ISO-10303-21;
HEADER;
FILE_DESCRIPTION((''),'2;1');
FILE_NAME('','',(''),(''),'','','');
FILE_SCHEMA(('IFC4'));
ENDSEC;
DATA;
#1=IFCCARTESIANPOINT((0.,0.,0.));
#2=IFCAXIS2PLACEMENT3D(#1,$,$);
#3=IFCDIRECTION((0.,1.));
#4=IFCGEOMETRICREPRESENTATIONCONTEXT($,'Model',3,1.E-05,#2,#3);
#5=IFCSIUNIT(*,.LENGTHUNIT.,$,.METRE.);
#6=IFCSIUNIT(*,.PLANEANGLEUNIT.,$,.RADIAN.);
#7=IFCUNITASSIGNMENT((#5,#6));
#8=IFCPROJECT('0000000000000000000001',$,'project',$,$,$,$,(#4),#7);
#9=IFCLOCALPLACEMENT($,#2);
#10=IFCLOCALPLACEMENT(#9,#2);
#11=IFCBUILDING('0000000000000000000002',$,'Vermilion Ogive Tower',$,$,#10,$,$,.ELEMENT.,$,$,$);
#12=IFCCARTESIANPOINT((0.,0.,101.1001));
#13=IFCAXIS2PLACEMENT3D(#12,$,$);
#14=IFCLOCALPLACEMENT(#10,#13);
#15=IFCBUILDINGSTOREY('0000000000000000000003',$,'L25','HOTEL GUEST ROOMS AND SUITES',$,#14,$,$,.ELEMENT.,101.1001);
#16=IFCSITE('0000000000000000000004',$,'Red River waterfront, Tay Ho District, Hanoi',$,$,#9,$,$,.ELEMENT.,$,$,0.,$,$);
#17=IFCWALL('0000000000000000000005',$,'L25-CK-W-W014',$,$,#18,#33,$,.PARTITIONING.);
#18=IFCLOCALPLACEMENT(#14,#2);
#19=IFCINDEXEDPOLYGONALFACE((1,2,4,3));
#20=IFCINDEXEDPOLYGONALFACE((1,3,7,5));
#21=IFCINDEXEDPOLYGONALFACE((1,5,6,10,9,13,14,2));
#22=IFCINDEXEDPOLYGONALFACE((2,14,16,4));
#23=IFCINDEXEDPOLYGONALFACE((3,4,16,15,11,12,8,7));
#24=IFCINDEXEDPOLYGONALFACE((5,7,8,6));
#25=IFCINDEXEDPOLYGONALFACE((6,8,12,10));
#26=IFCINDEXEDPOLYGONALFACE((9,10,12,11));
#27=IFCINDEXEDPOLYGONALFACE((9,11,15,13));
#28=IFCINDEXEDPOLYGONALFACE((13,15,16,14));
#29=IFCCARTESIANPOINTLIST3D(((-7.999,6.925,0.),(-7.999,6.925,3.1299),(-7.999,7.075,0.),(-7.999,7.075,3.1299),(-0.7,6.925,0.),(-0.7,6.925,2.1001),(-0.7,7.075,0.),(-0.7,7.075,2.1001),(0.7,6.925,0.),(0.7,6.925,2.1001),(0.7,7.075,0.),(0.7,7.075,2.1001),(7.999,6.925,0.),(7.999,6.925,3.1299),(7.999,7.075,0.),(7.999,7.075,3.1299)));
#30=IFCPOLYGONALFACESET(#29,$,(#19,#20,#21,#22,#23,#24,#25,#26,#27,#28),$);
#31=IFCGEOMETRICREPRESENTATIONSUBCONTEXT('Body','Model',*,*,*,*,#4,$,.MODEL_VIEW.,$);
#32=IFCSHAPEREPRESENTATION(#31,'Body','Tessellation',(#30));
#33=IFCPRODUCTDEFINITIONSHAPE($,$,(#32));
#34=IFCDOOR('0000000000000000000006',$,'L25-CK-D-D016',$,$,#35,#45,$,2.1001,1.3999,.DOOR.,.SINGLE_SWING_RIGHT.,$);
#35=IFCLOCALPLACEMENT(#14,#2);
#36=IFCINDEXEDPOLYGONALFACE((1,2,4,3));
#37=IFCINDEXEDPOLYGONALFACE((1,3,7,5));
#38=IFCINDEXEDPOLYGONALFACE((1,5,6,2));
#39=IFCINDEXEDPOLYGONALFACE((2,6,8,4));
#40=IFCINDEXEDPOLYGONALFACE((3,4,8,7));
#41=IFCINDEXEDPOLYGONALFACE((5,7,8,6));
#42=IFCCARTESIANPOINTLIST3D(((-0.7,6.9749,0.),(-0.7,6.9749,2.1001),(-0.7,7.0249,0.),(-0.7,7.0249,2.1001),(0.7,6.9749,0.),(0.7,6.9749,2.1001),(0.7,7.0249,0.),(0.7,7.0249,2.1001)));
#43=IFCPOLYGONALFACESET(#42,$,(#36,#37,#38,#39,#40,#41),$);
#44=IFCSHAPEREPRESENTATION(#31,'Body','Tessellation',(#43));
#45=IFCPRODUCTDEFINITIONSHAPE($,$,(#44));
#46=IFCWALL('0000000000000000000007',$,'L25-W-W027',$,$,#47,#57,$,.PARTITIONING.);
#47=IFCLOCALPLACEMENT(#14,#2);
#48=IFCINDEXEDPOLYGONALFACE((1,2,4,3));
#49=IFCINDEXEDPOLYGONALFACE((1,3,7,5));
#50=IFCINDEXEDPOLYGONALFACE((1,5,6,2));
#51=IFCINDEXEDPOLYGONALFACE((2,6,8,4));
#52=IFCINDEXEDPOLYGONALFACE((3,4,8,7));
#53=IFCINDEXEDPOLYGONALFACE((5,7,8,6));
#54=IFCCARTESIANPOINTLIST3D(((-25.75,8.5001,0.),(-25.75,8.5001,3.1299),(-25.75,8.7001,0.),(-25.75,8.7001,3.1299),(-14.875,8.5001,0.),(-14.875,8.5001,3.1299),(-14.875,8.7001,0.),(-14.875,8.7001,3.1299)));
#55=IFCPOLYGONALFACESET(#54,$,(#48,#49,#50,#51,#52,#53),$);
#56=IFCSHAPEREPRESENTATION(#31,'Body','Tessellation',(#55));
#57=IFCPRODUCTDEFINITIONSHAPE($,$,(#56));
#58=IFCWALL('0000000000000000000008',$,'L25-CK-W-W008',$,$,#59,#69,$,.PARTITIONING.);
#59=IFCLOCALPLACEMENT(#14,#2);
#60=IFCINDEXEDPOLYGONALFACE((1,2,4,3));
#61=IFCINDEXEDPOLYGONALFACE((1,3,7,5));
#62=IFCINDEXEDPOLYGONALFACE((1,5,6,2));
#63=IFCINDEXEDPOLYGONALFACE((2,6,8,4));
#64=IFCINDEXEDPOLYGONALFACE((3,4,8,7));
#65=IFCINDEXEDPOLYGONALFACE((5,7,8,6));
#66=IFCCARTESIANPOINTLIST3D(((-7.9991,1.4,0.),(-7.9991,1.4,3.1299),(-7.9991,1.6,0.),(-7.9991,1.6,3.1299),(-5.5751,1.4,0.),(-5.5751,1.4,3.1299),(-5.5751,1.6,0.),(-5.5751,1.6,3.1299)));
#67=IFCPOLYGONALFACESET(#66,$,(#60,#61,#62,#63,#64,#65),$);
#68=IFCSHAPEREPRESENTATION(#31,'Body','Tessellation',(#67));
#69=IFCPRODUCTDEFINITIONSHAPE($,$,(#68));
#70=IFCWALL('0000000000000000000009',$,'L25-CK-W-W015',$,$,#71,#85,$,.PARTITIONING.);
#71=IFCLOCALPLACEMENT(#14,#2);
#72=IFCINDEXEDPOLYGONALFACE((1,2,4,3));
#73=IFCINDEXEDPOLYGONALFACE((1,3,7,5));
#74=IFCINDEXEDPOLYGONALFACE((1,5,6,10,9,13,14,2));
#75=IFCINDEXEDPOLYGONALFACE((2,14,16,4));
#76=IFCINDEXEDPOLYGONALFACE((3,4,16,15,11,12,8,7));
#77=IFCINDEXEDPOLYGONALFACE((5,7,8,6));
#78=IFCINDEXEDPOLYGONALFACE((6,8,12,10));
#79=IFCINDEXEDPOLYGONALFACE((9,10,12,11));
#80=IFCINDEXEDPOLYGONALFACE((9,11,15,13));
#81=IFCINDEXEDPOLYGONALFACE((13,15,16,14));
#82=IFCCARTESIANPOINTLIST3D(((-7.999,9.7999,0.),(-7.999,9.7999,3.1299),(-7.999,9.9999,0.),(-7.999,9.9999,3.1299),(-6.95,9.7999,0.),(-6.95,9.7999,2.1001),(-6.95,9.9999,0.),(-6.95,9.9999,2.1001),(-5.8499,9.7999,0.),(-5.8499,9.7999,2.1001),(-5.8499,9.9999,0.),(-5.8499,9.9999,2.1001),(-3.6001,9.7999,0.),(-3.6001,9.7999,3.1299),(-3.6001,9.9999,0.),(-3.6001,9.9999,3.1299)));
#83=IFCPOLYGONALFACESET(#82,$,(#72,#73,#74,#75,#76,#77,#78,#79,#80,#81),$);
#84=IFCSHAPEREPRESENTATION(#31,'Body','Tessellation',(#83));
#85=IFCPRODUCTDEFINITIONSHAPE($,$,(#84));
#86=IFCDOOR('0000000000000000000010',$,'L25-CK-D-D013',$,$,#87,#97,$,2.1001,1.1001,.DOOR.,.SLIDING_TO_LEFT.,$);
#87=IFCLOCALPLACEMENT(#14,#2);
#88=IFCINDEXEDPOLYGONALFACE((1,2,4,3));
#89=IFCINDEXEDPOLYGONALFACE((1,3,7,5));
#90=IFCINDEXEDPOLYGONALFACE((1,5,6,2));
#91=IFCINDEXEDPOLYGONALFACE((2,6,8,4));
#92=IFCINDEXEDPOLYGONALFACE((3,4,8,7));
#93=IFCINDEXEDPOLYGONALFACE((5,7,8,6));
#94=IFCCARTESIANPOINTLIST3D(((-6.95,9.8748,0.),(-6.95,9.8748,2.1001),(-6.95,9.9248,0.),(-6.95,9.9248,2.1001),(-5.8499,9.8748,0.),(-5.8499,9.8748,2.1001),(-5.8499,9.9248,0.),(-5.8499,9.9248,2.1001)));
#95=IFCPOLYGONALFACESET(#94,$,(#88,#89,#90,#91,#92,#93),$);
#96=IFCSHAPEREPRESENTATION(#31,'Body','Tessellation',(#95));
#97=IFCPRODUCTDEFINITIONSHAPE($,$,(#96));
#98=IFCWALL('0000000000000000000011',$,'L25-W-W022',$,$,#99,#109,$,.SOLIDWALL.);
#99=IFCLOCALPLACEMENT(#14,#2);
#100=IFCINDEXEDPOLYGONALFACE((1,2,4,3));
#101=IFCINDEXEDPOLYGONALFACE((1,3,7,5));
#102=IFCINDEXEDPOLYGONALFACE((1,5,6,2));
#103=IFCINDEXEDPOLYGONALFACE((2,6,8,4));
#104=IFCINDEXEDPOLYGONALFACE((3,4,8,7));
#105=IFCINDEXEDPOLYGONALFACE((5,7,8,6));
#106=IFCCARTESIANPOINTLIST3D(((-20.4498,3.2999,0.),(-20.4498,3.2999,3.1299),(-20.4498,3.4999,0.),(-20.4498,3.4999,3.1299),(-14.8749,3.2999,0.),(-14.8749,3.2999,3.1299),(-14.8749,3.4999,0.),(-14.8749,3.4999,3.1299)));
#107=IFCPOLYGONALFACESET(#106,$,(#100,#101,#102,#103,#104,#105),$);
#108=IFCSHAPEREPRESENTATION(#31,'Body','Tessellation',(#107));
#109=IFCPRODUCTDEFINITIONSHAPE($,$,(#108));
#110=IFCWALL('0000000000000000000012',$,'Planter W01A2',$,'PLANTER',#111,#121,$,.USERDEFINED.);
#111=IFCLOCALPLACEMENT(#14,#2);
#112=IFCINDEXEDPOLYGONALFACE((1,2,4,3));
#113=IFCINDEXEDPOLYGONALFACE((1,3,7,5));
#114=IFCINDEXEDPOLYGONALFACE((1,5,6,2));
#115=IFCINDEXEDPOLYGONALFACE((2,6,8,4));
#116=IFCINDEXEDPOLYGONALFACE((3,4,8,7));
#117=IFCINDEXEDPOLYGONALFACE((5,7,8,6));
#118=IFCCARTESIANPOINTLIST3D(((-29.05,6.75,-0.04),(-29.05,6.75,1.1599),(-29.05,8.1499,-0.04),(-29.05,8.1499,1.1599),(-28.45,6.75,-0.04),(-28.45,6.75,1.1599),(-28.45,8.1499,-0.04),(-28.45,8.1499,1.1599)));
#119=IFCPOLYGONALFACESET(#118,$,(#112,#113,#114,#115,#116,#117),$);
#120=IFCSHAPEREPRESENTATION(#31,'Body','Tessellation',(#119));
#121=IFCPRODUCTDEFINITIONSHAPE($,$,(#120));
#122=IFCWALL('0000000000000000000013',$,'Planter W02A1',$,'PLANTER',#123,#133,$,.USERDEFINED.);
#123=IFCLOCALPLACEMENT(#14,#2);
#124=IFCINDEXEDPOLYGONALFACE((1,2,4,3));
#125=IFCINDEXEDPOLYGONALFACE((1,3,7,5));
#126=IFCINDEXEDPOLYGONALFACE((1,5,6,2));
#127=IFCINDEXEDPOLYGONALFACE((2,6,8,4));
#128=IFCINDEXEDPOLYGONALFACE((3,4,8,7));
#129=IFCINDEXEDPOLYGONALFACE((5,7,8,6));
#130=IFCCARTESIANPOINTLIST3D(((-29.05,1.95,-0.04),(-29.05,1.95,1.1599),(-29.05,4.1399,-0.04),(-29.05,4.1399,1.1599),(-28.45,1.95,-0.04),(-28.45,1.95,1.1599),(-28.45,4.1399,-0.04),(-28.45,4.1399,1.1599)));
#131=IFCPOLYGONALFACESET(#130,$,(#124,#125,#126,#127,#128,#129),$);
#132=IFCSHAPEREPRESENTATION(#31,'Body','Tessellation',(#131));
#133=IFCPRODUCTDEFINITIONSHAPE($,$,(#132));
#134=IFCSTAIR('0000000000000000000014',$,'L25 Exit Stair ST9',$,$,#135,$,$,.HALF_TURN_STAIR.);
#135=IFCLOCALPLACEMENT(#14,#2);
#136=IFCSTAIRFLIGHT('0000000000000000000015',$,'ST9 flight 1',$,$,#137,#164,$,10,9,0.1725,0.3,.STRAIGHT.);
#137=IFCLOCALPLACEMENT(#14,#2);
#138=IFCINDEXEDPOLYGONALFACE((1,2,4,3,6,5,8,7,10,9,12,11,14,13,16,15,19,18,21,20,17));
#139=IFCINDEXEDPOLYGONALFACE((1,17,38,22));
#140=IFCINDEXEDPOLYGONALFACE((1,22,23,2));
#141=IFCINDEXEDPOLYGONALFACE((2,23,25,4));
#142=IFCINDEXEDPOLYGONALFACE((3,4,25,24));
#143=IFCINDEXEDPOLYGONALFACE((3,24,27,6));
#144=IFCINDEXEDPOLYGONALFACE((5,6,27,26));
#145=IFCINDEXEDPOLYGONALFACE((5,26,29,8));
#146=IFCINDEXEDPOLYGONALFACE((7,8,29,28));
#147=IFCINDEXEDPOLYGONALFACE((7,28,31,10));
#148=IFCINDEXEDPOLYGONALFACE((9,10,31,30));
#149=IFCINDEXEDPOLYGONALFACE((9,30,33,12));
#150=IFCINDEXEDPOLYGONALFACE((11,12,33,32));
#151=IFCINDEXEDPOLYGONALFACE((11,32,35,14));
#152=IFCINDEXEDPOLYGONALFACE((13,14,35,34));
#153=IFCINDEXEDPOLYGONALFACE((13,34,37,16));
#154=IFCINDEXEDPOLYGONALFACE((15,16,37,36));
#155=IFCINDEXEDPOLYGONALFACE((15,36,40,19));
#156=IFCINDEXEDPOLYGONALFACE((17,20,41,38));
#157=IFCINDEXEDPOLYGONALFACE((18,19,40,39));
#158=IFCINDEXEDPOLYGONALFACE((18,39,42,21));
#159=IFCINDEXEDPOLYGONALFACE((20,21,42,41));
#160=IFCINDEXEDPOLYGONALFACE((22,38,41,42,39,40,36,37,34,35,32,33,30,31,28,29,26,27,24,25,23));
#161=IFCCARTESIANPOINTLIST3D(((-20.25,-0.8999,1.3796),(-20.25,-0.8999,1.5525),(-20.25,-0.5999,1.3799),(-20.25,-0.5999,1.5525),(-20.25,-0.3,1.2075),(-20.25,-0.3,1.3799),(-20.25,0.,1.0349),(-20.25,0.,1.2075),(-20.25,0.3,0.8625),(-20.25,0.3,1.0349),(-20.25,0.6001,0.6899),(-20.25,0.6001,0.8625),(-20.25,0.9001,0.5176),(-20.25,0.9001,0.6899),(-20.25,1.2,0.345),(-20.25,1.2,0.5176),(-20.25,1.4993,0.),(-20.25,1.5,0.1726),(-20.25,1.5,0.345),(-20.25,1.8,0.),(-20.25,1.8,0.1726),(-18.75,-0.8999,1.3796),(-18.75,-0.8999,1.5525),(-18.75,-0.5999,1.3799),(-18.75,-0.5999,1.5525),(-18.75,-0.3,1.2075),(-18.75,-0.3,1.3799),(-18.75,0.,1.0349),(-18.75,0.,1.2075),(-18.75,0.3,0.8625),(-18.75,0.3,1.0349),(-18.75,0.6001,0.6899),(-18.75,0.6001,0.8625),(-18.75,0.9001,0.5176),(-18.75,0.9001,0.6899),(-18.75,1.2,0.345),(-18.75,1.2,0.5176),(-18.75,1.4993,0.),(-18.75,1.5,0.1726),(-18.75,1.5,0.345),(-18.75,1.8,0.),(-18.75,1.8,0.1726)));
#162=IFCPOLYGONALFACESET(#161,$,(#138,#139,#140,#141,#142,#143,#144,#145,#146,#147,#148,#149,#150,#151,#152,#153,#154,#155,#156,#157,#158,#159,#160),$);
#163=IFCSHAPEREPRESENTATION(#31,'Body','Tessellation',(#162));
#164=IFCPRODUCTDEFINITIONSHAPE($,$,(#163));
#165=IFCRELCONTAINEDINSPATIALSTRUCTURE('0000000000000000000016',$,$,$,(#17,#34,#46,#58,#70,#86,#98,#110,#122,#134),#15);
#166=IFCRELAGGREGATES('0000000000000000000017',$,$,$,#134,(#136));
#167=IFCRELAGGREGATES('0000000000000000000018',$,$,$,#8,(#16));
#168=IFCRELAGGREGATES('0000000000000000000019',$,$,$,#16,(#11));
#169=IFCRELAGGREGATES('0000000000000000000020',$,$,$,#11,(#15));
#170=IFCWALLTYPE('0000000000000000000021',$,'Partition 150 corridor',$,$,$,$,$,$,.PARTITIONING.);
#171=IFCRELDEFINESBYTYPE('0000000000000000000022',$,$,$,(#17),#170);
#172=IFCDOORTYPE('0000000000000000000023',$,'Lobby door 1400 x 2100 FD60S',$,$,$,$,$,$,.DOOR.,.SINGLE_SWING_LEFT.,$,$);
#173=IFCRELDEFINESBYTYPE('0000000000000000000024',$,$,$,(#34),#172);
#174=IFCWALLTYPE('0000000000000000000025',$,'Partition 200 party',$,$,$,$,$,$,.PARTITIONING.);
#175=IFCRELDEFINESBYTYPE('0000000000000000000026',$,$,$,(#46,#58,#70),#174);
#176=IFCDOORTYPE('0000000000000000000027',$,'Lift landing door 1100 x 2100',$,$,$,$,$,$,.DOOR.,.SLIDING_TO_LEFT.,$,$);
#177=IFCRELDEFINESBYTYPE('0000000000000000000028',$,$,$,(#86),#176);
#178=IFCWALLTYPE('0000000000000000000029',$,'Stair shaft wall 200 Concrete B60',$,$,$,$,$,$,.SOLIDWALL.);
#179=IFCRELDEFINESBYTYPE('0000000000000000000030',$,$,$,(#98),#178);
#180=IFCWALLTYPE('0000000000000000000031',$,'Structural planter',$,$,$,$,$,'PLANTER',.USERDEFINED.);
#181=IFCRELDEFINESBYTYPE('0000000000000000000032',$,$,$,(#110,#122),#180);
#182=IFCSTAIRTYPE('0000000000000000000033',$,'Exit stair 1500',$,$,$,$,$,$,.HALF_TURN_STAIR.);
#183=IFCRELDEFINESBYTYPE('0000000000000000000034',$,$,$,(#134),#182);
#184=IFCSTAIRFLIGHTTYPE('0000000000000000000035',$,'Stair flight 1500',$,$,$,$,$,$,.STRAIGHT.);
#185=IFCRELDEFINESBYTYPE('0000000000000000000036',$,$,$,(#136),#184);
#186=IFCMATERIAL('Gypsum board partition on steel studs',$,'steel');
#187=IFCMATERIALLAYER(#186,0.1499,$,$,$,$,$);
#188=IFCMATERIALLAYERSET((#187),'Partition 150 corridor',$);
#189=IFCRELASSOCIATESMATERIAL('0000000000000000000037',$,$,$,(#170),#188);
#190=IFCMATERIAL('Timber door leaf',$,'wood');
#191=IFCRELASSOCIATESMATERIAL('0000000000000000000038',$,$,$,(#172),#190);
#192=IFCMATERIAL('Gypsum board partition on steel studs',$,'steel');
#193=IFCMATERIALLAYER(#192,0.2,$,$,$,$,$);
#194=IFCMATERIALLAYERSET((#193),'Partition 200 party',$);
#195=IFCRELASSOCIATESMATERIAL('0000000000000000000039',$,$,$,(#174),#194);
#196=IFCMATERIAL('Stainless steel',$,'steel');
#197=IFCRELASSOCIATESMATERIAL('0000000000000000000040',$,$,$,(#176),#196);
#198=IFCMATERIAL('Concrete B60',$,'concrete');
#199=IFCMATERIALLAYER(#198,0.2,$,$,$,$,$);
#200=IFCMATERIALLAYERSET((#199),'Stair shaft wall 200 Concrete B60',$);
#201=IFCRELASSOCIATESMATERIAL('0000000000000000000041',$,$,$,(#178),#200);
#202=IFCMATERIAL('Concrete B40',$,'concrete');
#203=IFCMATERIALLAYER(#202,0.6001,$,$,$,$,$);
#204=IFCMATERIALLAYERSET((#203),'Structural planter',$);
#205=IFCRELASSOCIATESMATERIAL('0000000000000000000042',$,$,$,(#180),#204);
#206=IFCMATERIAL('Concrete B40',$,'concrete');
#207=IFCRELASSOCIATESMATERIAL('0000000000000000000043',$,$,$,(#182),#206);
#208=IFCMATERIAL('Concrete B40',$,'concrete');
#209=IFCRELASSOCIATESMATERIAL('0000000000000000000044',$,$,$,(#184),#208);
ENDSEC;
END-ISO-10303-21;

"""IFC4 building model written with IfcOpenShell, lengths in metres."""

from ifc_helpers import new_model, si_unit, direction, frame, frame_2d, origin, place, context, subcontext, project, spatial, polyline, rectangle, outline, extrude, material, layer, layer_set, type_object, element, fill, aggregate, save


model = new_model("IFC4")

# Units and contexts
model_context = context("Model", 3, precision=1e-05, world=origin(), true_north=direction((0.0, 1.0)))
body_context = subcontext(model_context, "Body", "Model", "MODEL_VIEW")
ifc_project = project(units=[si_unit("LENGTHUNIT", "METRE"), si_unit("PLANEANGLEUNIT", "RADIAN")], contexts=[model_context])

# Site, building, storey
site_placement = place(None, origin())
site = spatial("IfcSite", under=ifc_project, at=site_placement, Name="Red River waterfront, Tay Ho District, Hanoi", CompositionType="ELEMENT", RefElevation=0.0)
building_placement = place(site_placement, origin())
building = spatial("IfcBuilding", under=site, at=building_placement, Name="Vermilion Ogive Tower", CompositionType="ELEMENT")
storey_placement = place(building_placement, frame((0.0, 0.0, 101.1001)))
storey = spatial("IfcBuildingStorey", under=building, at=storey_placement, Name="L25", Description="HOTEL GUEST ROOMS AND SUITES", CompositionType="ELEMENT", Elevation=101.1001)

# Shared definitions
ifc_material_1 = material(Name="Gypsum board partition on steel studs", Category="steel")
ifc_layer_1 = layer(ifc_material_1, 0.1499)
ifc_layer_set_1 = layer_set([ifc_layer_1], Name="Partition 150 corridor")
wall_type_1 = type_object("IfcWallType", Name="Partition 150 corridor", PredefinedType="PARTITIONING", material=ifc_layer_set_1)

# Wall, opening, door
wall_1_placement = place(storey_placement, frame((-7.999, 7.0, 0.0), z_axis=(0.0, 0.0, 1.0), x_axis=(1.0, 0.0, 0.0)))
wall_1 = element("IfcWall", 1, at=wall_1_placement, inside=storey, type_object=wall_type_1, Name="L25-CK-W-W014", PredefinedType="PARTITIONING", context=body_context, shape_type="SweptSolid", body=[
    extrude(rectangle(XDim=15.998, YDim=0.1499, at=frame_2d((7.999, 0.0))), origin(), (0.0, 0.0, 1.0), 3.1299),
])
opening_1_placement = place(wall_1_placement, frame((7.2991, 0.0, 0.0)))
opening_1 = element("IfcOpeningElement", 2, at=opening_1_placement, cuts=wall_1, PredefinedType="OPENING", context=body_context, shape_type="SweptSolid", body=[
    extrude(rectangle(XDim=1.3999, YDim=2.1001, at=frame_2d((0.7, 1.05))), frame((0.0, 0.085, 0.0), z_axis=(0.0, -1.0, 0.0), x_axis=(1.0, 0.0, 0.0)), (0.0, 0.0, 1.0), 0.1699),
])
ifc_material_2 = material(Name="Timber door leaf", Category="wood")
door_type_1 = type_object("IfcDoorType", Name="Lobby door 1400 x 2100 FD60S", OperationType="SINGLE_SWING_LEFT", PredefinedType="DOOR", material=ifc_material_2)
door_1_placement = place(opening_1_placement, origin())
door_1 = element("IfcDoor", 3, at=door_1_placement, inside=storey, type_object=door_type_1, Name="L25-CK-D-D016", OperationType="SINGLE_SWING_RIGHT", OverallHeight=2.1001, OverallWidth=1.3999, PredefinedType="DOOR", context=body_context, shape_type="SweptSolid", body=[
    extrude(rectangle(XDim=1.3999, YDim=2.1001, at=frame_2d((0.7, 1.05))), frame((0.0, 0.0249, 0.0), z_axis=(0.0, -1.0, 0.0), x_axis=(1.0, 0.0, 0.0)), (0.0, 0.0, 1.0), 0.05),
])
fill(opening_1, door_1)

# Walls
ifc_material_3 = material(Name="Gypsum board partition on steel studs", Category="steel")
ifc_layer_2 = layer(ifc_material_3, 0.2)
ifc_layer_set_2 = layer_set([ifc_layer_2], Name="Partition 200 party")
wall_type_2 = type_object("IfcWallType", Name="Partition 200 party", PredefinedType="PARTITIONING", material=ifc_layer_set_2)
wall_2_placement = place(storey_placement, frame((-25.75, 8.6001, 0.0), z_axis=(0.0, 0.0, 1.0), x_axis=(1.0, 0.0, 0.0)))
element("IfcWall", 4, at=wall_2_placement, inside=storey, type_object=wall_type_2, Name="L25-W-W027", PredefinedType="PARTITIONING", context=body_context, shape_type="SweptSolid", body=[
    extrude(rectangle(XDim=10.875, YDim=0.2, at=frame_2d((5.4375, 0.0))), origin(), (0.0, 0.0, 1.0), 3.1299),
])
wall_3_placement = place(storey_placement, frame((-7.999, 1.5, 0.0), z_axis=(0.0, 0.0, 1.0), x_axis=(1.0, 0.0, 0.0)))
element("IfcWall", 5, at=wall_3_placement, inside=storey, type_object=wall_type_2, Name="L25-CK-W-W008", PredefinedType="PARTITIONING", context=body_context, shape_type="SweptSolid", body=[
    extrude(rectangle(XDim=2.4241, YDim=0.2, at=frame_2d((1.2119, 0.0))), origin(), (0.0, 0.0, 1.0), 3.1299),
])

# Wall, opening, door
wall_4_placement = place(storey_placement, frame((-7.999, 9.8999, 0.0), z_axis=(0.0, 0.0, 1.0), x_axis=(1.0, 0.0, 0.0)))
wall_4 = element("IfcWall", 6, at=wall_4_placement, inside=storey, type_object=wall_type_2, Name="L25-CK-W-W015", PredefinedType="PARTITIONING", context=body_context, shape_type="SweptSolid", body=[
    extrude(rectangle(XDim=4.3989, YDim=0.2, at=frame_2d((2.1995, 0.0))), origin(), (0.0, 0.0, 1.0), 3.1299),
])
opening_2_placement = place(wall_4_placement, frame((1.0491, 0.0, 0.0)))
opening_2 = element("IfcOpeningElement", 7, at=opening_2_placement, cuts=wall_4, PredefinedType="OPENING", context=body_context, shape_type="SweptSolid", body=[
    extrude(rectangle(XDim=1.1001, YDim=2.1001, at=frame_2d((0.55, 1.05))), frame((0.0, 0.1099, 0.0), z_axis=(0.0, -1.0, 0.0), x_axis=(1.0, 0.0, 0.0)), (0.0, 0.0, 1.0), 0.22),
])
ifc_material_4 = material(Name="Stainless steel", Category="steel")
door_type_2 = type_object("IfcDoorType", Name="Lift landing door 1100 x 2100", OperationType="SLIDING_TO_LEFT", PredefinedType="DOOR", material=ifc_material_4)
door_2_placement = place(opening_2_placement, origin())
door_2 = element("IfcDoor", 8, at=door_2_placement, inside=storey, type_object=door_type_2, Name="L25-CK-D-D013", OperationType="SLIDING_TO_LEFT", OverallHeight=2.1001, OverallWidth=1.1001, PredefinedType="DOOR", context=body_context, shape_type="SweptSolid", body=[
    extrude(rectangle(XDim=1.1001, YDim=2.1001, at=frame_2d((0.55, 1.05))), frame((0.0, 0.0249, 0.0), z_axis=(0.0, -1.0, 0.0), x_axis=(1.0, 0.0, 0.0)), (0.0, 0.0, 1.0), 0.05),
])
fill(opening_2, door_2)

# Walls
ifc_material_5 = material(Name="Concrete B60", Category="concrete")
ifc_layer_3 = layer(ifc_material_5, 0.2)
ifc_layer_set_3 = layer_set([ifc_layer_3], Name="Stair shaft wall 200 Concrete B60")
wall_type_3 = type_object("IfcWallType", Name="Stair shaft wall 200 Concrete B60", PredefinedType="SOLIDWALL", material=ifc_layer_set_3)
wall_5_placement = place(storey_placement, frame((-20.45, 3.3999, 0.0), z_axis=(0.0, 0.0, 1.0), x_axis=(1.0, 0.0, 0.0)))
element("IfcWall", 9, at=wall_5_placement, inside=storey, type_object=wall_type_3, Name="L25-W-W022", PredefinedType="SOLIDWALL", context=body_context, shape_type="SweptSolid", body=[
    extrude(rectangle(XDim=5.575, YDim=0.2, at=frame_2d((2.7876, 0.0))), origin(), (0.0, 0.0, 1.0), 3.1299),
])
ifc_material_6 = material(Name="Concrete B40", Category="concrete")
ifc_layer_4 = layer(ifc_material_6, 0.6001)
ifc_layer_set_4 = layer_set([ifc_layer_4], Name="Structural planter")
wall_type_4 = type_object("IfcWallType", Name="Structural planter", ElementType="PLANTER", PredefinedType="USERDEFINED", material=ifc_layer_set_4)
wall_6_placement = place(storey_placement, frame((-28.75, 8.1499, -0.04), z_axis=(0.0, 0.0, 1.0), x_axis=(0.0, -1.0, 0.0)))
element("IfcWall", 10, at=wall_6_placement, inside=storey, type_object=wall_type_4, Name="Planter W01A2", ObjectType="PLANTER", PredefinedType="USERDEFINED", context=body_context, shape_type="SweptSolid", body=[
    extrude(rectangle(XDim=1.3999, YDim=0.6001, at=frame_2d((0.7, 0.0))), origin(), (0.0, 0.0, 1.0), 1.2),
])
wall_7_placement = place(storey_placement, frame((-28.75, 4.1399, -0.04), z_axis=(0.0, 0.0, 1.0), x_axis=(0.0, -1.0, 0.0)))
element("IfcWall", 11, at=wall_7_placement, inside=storey, type_object=wall_type_4, Name="Planter W02A1", ObjectType="PLANTER", PredefinedType="USERDEFINED", context=body_context, shape_type="SweptSolid", body=[
    extrude(rectangle(XDim=2.1899, YDim=0.6001, at=frame_2d((1.095, 0.0))), origin(), (0.0, 0.0, 1.0), 1.2),
])

# Stair, stair flight
ifc_material_7 = material(Name="Concrete B40", Category="concrete")
stair_type = type_object("IfcStairType", Name="Exit stair 1500", PredefinedType="HALF_TURN_STAIR", material=ifc_material_7)
stair_placement = place(storey_placement, origin())
stair = element("IfcStair", 12, at=stair_placement, inside=storey, type_object=stair_type, Name="L25 Exit Stair ST9", PredefinedType="HALF_TURN_STAIR")
ifc_material_8 = material(Name="Concrete B40", Category="concrete")
stair_flight_type = type_object("IfcStairFlightType", Name="Stair flight 1500", PredefinedType="STRAIGHT", material=ifc_material_8)
stair_flight_placement = place(storey_placement, frame((-19.5, 1.8, 0.0), z_axis=(0.0, 0.0, 1.0), x_axis=(0.0, -1.0, 0.0)))
stair_flight = element("IfcStairFlight", 13, at=stair_flight_placement, type_object=stair_flight_type, Name="ST9 flight 1", NumberOfRisers=10, NumberOfTreads=9, PredefinedType="STRAIGHT", RiserHeight=0.1725, TreadLength=0.3, context=body_context, shape_type="SweptSolid", body=[
    extrude(outline(polyline([(0.0, 0.0), (0.0, 0.1726), (0.3, 0.1726), (0.3, 0.345), (0.6001, 0.345), (0.6001, 0.5176), (0.8999, 0.5176), (0.8999, 0.6899), (1.2, 0.6899), (1.2, 0.8625), (1.5, 0.8625), (1.5, 1.0349), (1.8, 1.0349), (1.8, 1.2075), (2.1001, 1.2075), (2.1001, 1.3799), (2.3999, 1.3799), (2.3999, 1.5525), (2.7, 1.5525), (2.7, 1.7251), (2.7, 1.3796), (0.3008, 0.0), (0.0, 0.0)])), frame((0.0, 0.75, 0.0), z_axis=(0.0, -1.0, 0.0), x_axis=(1.0, 0.0, 0.0)), (0.0, 0.0, 1.0), 1.5),
])
aggregate(stair, [stair_flight])

save(model, "model.ifc")
